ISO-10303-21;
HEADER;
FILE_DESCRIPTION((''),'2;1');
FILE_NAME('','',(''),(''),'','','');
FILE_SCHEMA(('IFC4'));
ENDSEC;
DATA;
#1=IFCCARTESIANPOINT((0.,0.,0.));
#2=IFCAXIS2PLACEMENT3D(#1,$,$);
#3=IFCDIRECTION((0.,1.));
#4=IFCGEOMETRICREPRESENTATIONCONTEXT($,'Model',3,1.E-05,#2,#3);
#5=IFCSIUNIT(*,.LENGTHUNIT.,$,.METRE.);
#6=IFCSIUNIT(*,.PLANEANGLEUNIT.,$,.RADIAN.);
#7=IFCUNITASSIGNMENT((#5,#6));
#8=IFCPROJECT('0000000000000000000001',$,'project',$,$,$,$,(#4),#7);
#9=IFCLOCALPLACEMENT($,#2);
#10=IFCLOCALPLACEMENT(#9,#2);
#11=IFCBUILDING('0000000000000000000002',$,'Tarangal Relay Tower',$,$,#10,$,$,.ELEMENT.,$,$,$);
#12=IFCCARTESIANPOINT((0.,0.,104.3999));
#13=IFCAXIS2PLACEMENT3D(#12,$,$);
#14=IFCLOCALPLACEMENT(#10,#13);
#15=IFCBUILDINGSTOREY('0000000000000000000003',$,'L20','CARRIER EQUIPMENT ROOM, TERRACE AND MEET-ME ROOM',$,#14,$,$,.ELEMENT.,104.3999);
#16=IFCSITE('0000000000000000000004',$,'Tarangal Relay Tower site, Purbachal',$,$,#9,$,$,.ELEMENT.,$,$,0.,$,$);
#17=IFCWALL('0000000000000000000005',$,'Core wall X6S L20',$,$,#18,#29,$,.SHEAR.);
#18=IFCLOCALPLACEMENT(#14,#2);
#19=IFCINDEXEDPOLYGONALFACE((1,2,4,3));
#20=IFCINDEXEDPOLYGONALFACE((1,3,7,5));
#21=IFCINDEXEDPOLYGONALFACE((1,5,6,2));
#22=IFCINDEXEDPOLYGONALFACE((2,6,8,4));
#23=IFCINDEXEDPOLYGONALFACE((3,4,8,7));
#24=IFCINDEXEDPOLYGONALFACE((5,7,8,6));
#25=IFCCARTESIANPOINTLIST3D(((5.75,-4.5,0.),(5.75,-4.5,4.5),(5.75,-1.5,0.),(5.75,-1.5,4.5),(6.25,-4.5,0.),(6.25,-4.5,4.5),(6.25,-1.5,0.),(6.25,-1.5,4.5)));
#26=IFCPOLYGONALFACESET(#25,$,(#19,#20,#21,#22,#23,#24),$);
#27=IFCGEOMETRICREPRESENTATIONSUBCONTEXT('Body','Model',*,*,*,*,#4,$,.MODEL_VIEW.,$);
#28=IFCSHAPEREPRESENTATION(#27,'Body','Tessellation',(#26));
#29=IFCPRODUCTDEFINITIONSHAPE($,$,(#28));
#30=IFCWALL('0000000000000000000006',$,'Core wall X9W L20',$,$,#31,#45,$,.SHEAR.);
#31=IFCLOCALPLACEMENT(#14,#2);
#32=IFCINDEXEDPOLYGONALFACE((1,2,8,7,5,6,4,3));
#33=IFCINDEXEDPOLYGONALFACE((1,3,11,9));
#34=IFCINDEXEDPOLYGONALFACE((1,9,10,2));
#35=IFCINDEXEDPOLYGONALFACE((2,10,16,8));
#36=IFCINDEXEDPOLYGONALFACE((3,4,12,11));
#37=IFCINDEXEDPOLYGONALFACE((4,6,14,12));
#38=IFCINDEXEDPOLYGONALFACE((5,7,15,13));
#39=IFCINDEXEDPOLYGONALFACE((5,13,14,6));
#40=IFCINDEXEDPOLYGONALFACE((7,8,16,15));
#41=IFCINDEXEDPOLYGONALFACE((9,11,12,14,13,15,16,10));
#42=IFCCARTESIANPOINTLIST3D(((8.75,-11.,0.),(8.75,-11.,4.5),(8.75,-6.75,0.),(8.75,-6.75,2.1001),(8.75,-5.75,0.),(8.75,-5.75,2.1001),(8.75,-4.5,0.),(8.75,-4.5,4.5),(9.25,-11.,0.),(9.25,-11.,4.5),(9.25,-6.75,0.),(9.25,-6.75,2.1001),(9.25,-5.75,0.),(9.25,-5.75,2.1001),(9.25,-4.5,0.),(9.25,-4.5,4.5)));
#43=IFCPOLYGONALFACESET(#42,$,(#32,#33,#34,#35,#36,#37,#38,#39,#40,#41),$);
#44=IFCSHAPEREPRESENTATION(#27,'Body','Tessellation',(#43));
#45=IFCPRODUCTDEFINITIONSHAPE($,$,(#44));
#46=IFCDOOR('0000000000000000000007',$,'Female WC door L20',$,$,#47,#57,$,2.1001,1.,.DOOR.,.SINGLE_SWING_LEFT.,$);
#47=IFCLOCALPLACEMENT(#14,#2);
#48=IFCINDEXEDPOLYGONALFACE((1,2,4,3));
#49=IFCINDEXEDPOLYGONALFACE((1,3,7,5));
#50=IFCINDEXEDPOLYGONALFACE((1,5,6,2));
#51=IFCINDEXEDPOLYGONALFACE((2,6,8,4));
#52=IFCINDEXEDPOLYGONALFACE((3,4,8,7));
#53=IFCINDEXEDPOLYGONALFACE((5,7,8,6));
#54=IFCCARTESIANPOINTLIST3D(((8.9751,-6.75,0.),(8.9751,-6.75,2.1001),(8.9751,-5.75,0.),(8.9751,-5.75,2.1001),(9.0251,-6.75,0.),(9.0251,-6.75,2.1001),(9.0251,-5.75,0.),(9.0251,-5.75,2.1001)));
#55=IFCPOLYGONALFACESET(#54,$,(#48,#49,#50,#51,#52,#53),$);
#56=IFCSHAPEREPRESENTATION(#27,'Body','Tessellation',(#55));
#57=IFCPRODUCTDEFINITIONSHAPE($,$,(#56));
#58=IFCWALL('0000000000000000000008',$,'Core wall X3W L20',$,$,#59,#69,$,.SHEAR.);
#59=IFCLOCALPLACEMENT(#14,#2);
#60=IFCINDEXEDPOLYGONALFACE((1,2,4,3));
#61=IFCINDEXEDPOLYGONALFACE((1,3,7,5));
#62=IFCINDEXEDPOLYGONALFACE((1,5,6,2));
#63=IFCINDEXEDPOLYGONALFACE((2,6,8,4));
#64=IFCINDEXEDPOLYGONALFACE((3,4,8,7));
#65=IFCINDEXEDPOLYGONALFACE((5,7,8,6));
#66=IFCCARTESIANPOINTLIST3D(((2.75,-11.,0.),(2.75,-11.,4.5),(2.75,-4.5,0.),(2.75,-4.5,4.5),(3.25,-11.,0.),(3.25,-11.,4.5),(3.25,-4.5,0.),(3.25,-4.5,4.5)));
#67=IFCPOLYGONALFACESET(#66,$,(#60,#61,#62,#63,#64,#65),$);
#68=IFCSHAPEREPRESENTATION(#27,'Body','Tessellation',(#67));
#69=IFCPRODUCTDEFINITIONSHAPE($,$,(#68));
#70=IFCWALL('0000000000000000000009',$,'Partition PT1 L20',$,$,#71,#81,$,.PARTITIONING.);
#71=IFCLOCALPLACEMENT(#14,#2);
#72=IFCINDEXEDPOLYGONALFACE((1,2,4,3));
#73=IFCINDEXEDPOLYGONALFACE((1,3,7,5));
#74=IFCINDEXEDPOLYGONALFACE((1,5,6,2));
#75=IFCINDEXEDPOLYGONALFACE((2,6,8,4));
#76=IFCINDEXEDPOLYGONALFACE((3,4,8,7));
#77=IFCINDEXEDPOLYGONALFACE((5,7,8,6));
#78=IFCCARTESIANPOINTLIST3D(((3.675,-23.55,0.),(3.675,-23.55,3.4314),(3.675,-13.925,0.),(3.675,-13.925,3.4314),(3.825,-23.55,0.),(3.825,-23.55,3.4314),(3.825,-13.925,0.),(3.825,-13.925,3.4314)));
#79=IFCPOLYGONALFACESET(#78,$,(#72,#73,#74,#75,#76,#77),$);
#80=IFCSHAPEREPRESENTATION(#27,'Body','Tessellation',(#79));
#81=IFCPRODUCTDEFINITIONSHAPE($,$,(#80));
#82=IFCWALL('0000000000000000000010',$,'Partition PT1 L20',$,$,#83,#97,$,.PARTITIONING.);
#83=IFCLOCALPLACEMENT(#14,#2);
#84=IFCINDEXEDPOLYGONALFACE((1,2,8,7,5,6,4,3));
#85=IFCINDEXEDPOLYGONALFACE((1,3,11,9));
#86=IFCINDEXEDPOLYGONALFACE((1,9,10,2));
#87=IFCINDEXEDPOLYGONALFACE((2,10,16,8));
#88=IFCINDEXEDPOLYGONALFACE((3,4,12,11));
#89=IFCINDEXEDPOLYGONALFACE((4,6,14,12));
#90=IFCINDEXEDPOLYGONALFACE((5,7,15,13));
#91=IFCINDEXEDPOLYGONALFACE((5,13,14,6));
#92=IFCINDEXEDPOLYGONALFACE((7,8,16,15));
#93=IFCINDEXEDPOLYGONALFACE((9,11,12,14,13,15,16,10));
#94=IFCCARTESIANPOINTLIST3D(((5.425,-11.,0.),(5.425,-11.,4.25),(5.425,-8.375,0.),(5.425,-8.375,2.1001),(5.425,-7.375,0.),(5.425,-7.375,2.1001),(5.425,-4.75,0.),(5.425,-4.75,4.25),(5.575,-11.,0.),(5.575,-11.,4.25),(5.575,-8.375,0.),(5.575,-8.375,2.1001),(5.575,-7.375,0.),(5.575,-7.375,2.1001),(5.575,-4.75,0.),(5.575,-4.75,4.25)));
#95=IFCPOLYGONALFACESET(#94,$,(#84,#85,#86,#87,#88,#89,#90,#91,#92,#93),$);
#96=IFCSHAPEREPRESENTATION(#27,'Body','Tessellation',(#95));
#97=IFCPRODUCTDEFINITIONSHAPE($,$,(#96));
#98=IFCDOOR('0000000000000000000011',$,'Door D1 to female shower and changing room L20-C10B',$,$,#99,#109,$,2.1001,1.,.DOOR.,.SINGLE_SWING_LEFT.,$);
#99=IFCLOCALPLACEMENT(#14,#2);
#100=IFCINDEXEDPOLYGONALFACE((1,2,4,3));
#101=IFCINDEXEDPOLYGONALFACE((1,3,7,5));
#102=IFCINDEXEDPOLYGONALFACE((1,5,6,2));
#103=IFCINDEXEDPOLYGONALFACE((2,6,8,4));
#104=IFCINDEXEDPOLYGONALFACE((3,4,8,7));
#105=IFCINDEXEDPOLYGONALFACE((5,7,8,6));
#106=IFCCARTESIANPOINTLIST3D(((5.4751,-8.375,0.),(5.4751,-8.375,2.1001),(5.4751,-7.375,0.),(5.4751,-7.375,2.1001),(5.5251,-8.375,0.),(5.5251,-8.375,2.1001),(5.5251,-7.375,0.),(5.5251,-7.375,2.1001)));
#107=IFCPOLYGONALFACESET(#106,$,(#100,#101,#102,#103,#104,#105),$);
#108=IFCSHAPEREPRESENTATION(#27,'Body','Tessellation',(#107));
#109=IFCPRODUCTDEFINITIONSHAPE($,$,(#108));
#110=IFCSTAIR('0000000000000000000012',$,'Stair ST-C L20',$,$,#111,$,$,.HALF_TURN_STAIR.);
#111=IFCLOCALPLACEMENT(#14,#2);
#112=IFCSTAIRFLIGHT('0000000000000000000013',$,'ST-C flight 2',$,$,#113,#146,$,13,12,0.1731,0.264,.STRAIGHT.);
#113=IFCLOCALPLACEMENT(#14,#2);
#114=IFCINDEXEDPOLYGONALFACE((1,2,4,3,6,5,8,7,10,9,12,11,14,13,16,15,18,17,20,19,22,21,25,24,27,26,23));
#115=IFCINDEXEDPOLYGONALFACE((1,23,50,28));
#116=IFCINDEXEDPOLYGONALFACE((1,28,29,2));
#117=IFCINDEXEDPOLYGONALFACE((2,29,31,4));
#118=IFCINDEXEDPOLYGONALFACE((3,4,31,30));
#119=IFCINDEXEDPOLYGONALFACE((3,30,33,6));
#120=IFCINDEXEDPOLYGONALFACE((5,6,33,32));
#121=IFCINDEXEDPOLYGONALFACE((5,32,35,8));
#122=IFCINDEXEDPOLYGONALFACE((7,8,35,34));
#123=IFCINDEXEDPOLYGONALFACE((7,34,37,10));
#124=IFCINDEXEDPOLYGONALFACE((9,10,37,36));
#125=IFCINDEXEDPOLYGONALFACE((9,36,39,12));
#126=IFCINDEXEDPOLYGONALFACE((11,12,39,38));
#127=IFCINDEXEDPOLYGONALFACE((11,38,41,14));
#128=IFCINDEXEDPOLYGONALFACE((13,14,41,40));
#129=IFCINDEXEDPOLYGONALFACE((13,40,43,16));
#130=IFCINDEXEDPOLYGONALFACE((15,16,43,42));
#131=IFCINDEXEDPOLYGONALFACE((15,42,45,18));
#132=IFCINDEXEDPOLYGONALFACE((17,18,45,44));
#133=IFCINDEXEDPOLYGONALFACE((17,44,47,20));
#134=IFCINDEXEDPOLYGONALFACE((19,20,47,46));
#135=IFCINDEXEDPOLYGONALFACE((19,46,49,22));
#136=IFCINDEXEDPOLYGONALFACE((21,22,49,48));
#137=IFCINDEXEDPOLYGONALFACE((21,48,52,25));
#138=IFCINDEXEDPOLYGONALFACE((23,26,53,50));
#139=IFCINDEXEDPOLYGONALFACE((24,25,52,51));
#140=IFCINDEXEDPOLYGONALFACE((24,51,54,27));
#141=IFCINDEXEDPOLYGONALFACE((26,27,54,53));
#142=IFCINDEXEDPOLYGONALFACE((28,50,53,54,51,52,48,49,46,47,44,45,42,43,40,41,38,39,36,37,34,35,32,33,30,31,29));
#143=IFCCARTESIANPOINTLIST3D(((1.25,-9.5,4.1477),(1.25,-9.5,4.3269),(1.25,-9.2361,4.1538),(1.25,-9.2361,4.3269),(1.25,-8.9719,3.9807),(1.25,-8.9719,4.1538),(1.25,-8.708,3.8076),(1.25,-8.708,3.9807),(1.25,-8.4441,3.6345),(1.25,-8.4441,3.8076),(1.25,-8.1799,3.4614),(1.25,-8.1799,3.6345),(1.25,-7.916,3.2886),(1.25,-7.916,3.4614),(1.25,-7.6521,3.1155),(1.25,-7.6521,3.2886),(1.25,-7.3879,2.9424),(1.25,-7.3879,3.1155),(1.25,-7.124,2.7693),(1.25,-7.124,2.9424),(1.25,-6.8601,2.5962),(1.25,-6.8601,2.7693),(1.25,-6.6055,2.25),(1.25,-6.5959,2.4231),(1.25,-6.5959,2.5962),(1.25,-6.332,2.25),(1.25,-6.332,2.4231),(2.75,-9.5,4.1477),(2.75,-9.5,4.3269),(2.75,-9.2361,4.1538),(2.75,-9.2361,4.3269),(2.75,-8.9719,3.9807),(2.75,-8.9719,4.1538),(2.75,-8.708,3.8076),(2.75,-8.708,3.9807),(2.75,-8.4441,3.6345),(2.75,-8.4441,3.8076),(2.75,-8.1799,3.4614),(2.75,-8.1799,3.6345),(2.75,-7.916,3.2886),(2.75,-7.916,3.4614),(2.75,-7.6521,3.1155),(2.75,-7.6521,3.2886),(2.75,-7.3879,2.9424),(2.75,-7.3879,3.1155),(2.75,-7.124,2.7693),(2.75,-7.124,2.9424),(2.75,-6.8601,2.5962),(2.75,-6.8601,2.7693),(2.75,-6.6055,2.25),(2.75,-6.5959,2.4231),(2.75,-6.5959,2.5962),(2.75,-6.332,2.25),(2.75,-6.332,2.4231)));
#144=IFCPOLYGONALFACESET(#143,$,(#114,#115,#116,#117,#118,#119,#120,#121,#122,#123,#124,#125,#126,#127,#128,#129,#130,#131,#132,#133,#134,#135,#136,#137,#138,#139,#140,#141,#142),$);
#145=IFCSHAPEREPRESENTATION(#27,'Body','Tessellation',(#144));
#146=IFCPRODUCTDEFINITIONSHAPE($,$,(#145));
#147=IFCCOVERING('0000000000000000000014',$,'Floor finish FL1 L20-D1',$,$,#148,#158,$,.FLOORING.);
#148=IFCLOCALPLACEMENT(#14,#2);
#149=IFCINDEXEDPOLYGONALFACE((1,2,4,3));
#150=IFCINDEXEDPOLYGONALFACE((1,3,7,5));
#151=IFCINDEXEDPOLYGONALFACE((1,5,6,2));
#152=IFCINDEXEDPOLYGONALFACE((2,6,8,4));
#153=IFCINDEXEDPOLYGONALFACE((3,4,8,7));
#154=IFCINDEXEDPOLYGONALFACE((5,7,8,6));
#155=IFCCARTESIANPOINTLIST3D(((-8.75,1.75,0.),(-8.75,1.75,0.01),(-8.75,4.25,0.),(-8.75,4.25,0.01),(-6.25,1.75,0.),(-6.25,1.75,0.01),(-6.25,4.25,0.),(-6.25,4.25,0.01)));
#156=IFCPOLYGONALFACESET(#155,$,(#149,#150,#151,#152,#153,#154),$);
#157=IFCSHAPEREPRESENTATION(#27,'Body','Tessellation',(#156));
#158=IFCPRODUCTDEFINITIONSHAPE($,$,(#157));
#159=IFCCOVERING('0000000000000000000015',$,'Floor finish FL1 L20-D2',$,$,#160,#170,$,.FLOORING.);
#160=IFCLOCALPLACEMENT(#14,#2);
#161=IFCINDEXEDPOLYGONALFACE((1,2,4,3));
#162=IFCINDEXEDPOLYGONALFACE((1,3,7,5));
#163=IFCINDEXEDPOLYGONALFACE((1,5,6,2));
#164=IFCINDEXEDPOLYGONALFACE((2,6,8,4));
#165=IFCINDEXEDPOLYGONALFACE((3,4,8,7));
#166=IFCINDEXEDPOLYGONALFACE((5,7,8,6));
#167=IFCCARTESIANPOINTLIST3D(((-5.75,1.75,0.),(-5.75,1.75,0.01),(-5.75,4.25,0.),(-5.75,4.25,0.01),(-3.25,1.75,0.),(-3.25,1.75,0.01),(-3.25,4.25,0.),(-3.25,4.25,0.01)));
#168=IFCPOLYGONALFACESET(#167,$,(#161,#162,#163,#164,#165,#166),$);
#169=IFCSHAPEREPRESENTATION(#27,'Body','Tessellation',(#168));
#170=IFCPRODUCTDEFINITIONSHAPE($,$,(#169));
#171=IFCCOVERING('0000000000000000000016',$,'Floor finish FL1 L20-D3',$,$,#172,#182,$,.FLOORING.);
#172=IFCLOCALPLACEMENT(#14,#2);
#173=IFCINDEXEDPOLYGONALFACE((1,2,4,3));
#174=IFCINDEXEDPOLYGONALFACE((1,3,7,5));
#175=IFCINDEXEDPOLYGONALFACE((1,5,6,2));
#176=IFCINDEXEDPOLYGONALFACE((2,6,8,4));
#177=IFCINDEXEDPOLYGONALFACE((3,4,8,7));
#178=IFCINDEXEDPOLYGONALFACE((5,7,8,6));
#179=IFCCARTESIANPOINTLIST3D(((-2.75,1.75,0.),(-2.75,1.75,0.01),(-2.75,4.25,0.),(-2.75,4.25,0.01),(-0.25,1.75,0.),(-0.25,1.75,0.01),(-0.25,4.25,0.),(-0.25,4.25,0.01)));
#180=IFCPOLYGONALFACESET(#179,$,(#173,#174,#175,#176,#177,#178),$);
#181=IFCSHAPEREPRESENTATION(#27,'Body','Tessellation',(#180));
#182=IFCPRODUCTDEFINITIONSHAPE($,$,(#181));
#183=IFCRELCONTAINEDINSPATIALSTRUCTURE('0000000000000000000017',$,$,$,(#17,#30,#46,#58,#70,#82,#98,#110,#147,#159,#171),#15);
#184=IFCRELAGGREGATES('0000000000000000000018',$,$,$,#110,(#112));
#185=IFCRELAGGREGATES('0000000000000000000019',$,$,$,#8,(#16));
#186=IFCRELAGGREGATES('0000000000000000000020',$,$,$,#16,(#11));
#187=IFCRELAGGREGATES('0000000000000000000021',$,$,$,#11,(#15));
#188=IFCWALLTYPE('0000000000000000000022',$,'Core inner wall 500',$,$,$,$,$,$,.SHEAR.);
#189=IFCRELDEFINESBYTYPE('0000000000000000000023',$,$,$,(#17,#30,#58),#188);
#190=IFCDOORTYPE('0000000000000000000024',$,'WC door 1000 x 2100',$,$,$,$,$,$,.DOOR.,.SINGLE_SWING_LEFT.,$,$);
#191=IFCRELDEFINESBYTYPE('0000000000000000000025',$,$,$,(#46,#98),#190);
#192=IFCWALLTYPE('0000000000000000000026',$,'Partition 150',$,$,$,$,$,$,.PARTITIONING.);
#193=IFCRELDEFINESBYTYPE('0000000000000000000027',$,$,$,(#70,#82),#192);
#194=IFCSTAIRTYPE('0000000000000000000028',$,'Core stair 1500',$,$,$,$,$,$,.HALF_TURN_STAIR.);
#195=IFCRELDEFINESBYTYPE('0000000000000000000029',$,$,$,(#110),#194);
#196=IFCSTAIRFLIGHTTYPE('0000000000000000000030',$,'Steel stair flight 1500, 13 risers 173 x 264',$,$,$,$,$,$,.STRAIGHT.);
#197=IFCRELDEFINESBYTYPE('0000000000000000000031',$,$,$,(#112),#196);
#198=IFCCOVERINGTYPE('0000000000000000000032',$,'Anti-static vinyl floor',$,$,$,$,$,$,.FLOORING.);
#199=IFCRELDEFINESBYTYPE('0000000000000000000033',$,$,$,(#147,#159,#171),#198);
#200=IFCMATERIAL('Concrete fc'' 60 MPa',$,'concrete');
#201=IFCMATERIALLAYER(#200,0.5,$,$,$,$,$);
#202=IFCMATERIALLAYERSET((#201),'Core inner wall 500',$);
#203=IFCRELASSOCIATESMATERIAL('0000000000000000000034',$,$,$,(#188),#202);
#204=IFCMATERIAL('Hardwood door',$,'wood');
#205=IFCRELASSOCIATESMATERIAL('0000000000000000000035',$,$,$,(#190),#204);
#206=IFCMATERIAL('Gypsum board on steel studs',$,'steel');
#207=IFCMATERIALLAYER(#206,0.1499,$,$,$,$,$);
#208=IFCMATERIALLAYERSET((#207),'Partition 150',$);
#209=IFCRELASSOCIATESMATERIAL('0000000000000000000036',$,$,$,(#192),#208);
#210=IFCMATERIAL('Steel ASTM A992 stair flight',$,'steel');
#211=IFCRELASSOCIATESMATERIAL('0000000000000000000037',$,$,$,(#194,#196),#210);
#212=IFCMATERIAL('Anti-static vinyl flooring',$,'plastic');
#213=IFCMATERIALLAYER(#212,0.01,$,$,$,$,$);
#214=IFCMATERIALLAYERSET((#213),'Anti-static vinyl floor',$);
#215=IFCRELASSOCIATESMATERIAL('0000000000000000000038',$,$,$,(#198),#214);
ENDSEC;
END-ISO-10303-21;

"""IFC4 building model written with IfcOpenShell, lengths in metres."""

from ifc_helpers import new_model, si_unit, direction, frame, frame_2d, origin, place, context, subcontext, project, spatial, polyline, rectangle, outline, extrude, material, layer, layer_set, type_object, element, fill, aggregate, save


model = new_model("IFC4")

# Units and contexts
model_context = context("Model", 3, precision=1e-05, world=origin(), true_north=direction((0.0, 1.0)))
body_context = subcontext(model_context, "Body", "Model", "MODEL_VIEW")
ifc_project = project(units=[si_unit("LENGTHUNIT", "METRE"), si_unit("PLANEANGLEUNIT", "RADIAN")], contexts=[model_context])

# Site, building, storey
site_placement = place(None, origin())
site = spatial("IfcSite", under=ifc_project, at=site_placement, Name="Tarangal Relay Tower site, Purbachal", CompositionType="ELEMENT", RefElevation=0.0)
building_placement = place(site_placement, origin())
building = spatial("IfcBuilding", under=site, at=building_placement, Name="Tarangal Relay Tower", CompositionType="ELEMENT")
storey_placement = place(building_placement, frame((0.0, 0.0, 104.3999)))
storey = spatial("IfcBuildingStorey", under=building, at=storey_placement, Name="L20", Description="CARRIER EQUIPMENT ROOM, TERRACE AND MEET-ME ROOM", CompositionType="ELEMENT", Elevation=104.3999)

# Wall
ifc_material_1 = material(Name="Concrete fc' 60 MPa", Category="concrete")
ifc_layer_1 = layer(ifc_material_1, 0.5)
ifc_layer_set_1 = layer_set([ifc_layer_1], Name="Core inner wall 500")
wall_type_1 = type_object("IfcWallType", Name="Core inner wall 500", PredefinedType="SHEAR", material=ifc_layer_set_1)
for number, where, z_axis, x_axis, name in (
    (1, (6.0, -4.5, 0.0), (0.0, 0.0, 1.0), (0.0, 1.0, 0.0), "Core wall X6S L20"),
):
    element("IfcWall", number, at=place(storey_placement, frame(where, z_axis=z_axis, x_axis=x_axis)), inside=storey, type_object=wall_type_1, Name=name, PredefinedType="SHEAR", context=body_context, shape_type="SweptSolid", body=[
        extrude(rectangle(XDim=3.0, YDim=0.5, at=frame_2d((1.5, 0.0))), origin(), (0.0, 0.0, 1.0), 4.5),
    ])

# Wall, opening, door
wall_1_placement = place(storey_placement, frame((9.0, -11.0, 0.0), z_axis=(0.0, 0.0, 1.0), x_axis=(0.0, 1.0, 0.0)))
wall_1 = element("IfcWall", 2, at=wall_1_placement, inside=storey, type_object=wall_type_1, Name="Core wall X9W L20", PredefinedType="SHEAR", context=body_context, shape_type="SweptSolid", body=[
    extrude(rectangle(XDim=6.5, YDim=0.5, at=frame_2d((3.25, 0.0))), origin(), (0.0, 0.0, 1.0), 4.5),
])
opening_1_placement = place(wall_1_placement, frame((4.25, 0.0, 0.0)))
opening_1 = element("IfcOpeningElement", 3, at=opening_1_placement, cuts=wall_1, PredefinedType="OPENING", context=body_context, shape_type="SweptSolid", body=[
    extrude(rectangle(XDim=1.0, YDim=2.1001, at=frame_2d((0.5, 1.05))), frame((0.0, 0.26, 0.0), z_axis=(0.0, -1.0, 0.0), x_axis=(1.0, 0.0, 0.0)), (0.0, 0.0, 1.0), 0.52),
])
ifc_material_2 = material(Name="Hardwood door", Category="wood")
door_type = type_object("IfcDoorType", Name="WC door 1000 x 2100", OperationType="SINGLE_SWING_LEFT", PredefinedType="DOOR", material=ifc_material_2)
door_1_placement = place(opening_1_placement, origin())
door_1 = element("IfcDoor", 4, at=door_1_placement, inside=storey, type_object=door_type, Name="Female WC door L20", OperationType="SINGLE_SWING_LEFT", OverallHeight=2.1001, OverallWidth=1.0, PredefinedType="DOOR", context=body_context, shape_type="SweptSolid", body=[
    extrude(rectangle(XDim=1.0, YDim=2.1001, at=frame_2d((0.5, 1.05))), frame((0.0, 0.0249, 0.0), z_axis=(0.0, -1.0, 0.0), x_axis=(1.0, 0.0, 0.0)), (0.0, 0.0, 1.0), 0.05),
])
fill(opening_1, door_1)

# Walls
wall_2_placement = place(storey_placement, frame((3.0, -11.0, 0.0), z_axis=(0.0, 0.0, 1.0), x_axis=(0.0, 1.0, 0.0)))
element("IfcWall", 5, at=wall_2_placement, inside=storey, type_object=wall_type_1, Name="Core wall X3W L20", PredefinedType="SHEAR", context=body_context, shape_type="SweptSolid", body=[
    extrude(rectangle(XDim=6.5, YDim=0.5, at=frame_2d((3.25, 0.0))), origin(), (0.0, 0.0, 1.0), 4.5),
])
ifc_material_3 = material(Name="Gypsum board on steel studs", Category="steel")
ifc_layer_2 = layer(ifc_material_3, 0.1499)
ifc_layer_set_2 = layer_set([ifc_layer_2], Name="Partition 150")
wall_type_2 = type_object("IfcWallType", Name="Partition 150", PredefinedType="PARTITIONING", material=ifc_layer_set_2)
wall_3_placement = place(storey_placement, frame((3.75, -23.55, 0.0), z_axis=(0.0, 0.0, 1.0), x_axis=(0.0, 1.0, 0.0)))
element("IfcWall", 6, at=wall_3_placement, inside=storey, type_object=wall_type_2, Name="Partition PT1 L20", PredefinedType="PARTITIONING", context=body_context, shape_type="SweptSolid", body=[
    extrude(rectangle(XDim=9.625, YDim=0.1499, at=frame_2d((4.8125, 0.0))), origin(), (0.0, 0.0, 1.0), 3.4314),
])

# Wall, opening, door
wall_4_placement = place(storey_placement, frame((5.5, -11.0, 0.0), z_axis=(0.0, 0.0, 1.0), x_axis=(0.0, 1.0, 0.0)))
wall_4 = element("IfcWall", 7, at=wall_4_placement, inside=storey, type_object=wall_type_2, Name="Partition PT1 L20", PredefinedType="PARTITIONING", context=body_context, shape_type="SweptSolid", body=[
    extrude(rectangle(XDim=6.25, YDim=0.1499, at=frame_2d((3.125, 0.0))), origin(), (0.0, 0.0, 1.0), 4.25),
])
opening_2_placement = place(wall_4_placement, frame((2.625, 0.0, 0.0)))
opening_2 = element("IfcOpeningElement", 8, at=opening_2_placement, cuts=wall_4, PredefinedType="OPENING", context=body_context, shape_type="SweptSolid", body=[
    extrude(rectangle(XDim=1.0, YDim=2.1001, at=frame_2d((0.5, 1.05))), frame((0.0, 0.085, 0.0), z_axis=(0.0, -1.0, 0.0), x_axis=(1.0, 0.0, 0.0)), (0.0, 0.0, 1.0), 0.1699),
])
door_2_placement = place(opening_2_placement, origin())
door_2 = element("IfcDoor", 9, at=door_2_placement, inside=storey, type_object=door_type, Name="Door D1 to female shower and changing room L20-C10B", OperationType="SINGLE_SWING_LEFT", OverallHeight=2.1001, OverallWidth=1.0, PredefinedType="DOOR", context=body_context, shape_type="SweptSolid", body=[
    extrude(rectangle(XDim=1.0, YDim=2.1001, at=frame_2d((0.5, 1.05))), frame((0.0, 0.0249, 0.0), z_axis=(0.0, -1.0, 0.0), x_axis=(1.0, 0.0, 0.0)), (0.0, 0.0, 1.0), 0.05),
])
fill(opening_2, door_2)

# Stair, stair flight
ifc_material_4 = material(Name="Steel ASTM A992 stair flight", Category="steel")
stair_type = type_object("IfcStairType", Name="Core stair 1500", PredefinedType="HALF_TURN_STAIR", material=ifc_material_4)
stair_placement = place(storey_placement, origin())
stair = element("IfcStair", 10, at=stair_placement, inside=storey, type_object=stair_type, Name="Stair ST-C L20", PredefinedType="HALF_TURN_STAIR")
stair_flight_type = type_object("IfcStairFlightType", Name="Steel stair flight 1500, 13 risers 173 x 264", PredefinedType="STRAIGHT", material=ifc_material_4)
stair_flight_placement = place(storey_placement, frame((2.0, -6.332, 2.25), z_axis=(0.0, 0.0, 1.0), x_axis=(0.0, -1.0, 0.0)))
stair_flight = element("IfcStairFlight", 11, at=stair_flight_placement, type_object=stair_flight_type, Name="ST-C flight 2", NumberOfRisers=13, NumberOfTreads=12, PredefinedType="STRAIGHT", RiserHeight=0.1731, TreadLength=0.264, context=body_context, shape_type="SweptSolid", body=[
    extrude(outline(polyline([(0.0, 0.0), (0.0, 0.1731), (0.2639, 0.1731), (0.2639, 0.3462), (0.5281, 0.3462), (0.5281, 0.5193), (0.792, 0.5193), (0.792, 0.6924), (1.0559, 0.6924), (1.0559, 0.8655), (1.3201, 0.8655), (1.3201, 1.0386), (1.584, 1.0386), (1.584, 1.2114), (1.8479, 1.2114), (1.8479, 1.3845), (2.1121, 1.3845), (2.1121, 1.5576), (2.376, 1.5576), (2.376, 1.7307), (2.6399, 1.7307), (2.6399, 1.9038), (2.9041, 1.9038), (2.9041, 2.0769), (3.168, 2.0769), (3.168, 2.25), (3.168, 1.8977), (0.2734, 0.0), (0.0, 0.0)])), frame((0.0, 0.75, 0.0), z_axis=(0.0, -1.0, 0.0), x_axis=(1.0, 0.0, 0.0)), (0.0, 0.0, 1.0), 1.5),
])
aggregate(stair, [stair_flight])

# Coverings
ifc_material_5 = material(Name="Anti-static vinyl flooring", Category="plastic")
ifc_layer_3 = layer(ifc_material_5, 0.01)
ifc_layer_set_3 = layer_set([ifc_layer_3], Name="Anti-static vinyl floor")
covering_type_1 = type_object("IfcCoveringType", Name="Anti-static vinyl floor", PredefinedType="FLOORING", material=ifc_layer_set_3)
covering_1_placement = place(storey_placement, origin())
element("IfcCovering", 12, at=covering_1_placement, inside=storey, type_object=covering_type_1, Name="Floor finish FL1 L20-D1", PredefinedType="FLOORING", context=body_context, shape_type="SweptSolid", body=[
    extrude(outline(polyline([(-8.75, 1.75), (-6.25, 1.75), (-6.25, 4.25), (-8.75, 4.25), (-8.75, 1.75)])), origin(), (0.0, 0.0, 1.0), 0.01),
])
covering_2_placement = place(storey_placement, origin())
element("IfcCovering", 13, at=covering_2_placement, inside=storey, type_object=covering_type_1, Name="Floor finish FL1 L20-D2", PredefinedType="FLOORING", context=body_context, shape_type="SweptSolid", body=[
    extrude(outline(polyline([(-5.75, 1.75), (-3.25, 1.75), (-3.25, 4.25), (-5.75, 4.25), (-5.75, 1.75)])), origin(), (0.0, 0.0, 1.0), 0.01),
])
covering_3_placement = place(storey_placement, origin())
element("IfcCovering", 14, at=covering_3_placement, inside=storey, type_object=covering_type_1, Name="Floor finish FL1 L20-D3", PredefinedType="FLOORING", context=body_context, shape_type="SweptSolid", body=[
    extrude(outline(polyline([(-2.75, 1.75), (-0.25, 1.75), (-0.25, 4.25), (-2.75, 4.25), (-2.75, 1.75)])), origin(), (0.0, 0.0, 1.0), 0.01),
])

save(model, "model.ifc")
